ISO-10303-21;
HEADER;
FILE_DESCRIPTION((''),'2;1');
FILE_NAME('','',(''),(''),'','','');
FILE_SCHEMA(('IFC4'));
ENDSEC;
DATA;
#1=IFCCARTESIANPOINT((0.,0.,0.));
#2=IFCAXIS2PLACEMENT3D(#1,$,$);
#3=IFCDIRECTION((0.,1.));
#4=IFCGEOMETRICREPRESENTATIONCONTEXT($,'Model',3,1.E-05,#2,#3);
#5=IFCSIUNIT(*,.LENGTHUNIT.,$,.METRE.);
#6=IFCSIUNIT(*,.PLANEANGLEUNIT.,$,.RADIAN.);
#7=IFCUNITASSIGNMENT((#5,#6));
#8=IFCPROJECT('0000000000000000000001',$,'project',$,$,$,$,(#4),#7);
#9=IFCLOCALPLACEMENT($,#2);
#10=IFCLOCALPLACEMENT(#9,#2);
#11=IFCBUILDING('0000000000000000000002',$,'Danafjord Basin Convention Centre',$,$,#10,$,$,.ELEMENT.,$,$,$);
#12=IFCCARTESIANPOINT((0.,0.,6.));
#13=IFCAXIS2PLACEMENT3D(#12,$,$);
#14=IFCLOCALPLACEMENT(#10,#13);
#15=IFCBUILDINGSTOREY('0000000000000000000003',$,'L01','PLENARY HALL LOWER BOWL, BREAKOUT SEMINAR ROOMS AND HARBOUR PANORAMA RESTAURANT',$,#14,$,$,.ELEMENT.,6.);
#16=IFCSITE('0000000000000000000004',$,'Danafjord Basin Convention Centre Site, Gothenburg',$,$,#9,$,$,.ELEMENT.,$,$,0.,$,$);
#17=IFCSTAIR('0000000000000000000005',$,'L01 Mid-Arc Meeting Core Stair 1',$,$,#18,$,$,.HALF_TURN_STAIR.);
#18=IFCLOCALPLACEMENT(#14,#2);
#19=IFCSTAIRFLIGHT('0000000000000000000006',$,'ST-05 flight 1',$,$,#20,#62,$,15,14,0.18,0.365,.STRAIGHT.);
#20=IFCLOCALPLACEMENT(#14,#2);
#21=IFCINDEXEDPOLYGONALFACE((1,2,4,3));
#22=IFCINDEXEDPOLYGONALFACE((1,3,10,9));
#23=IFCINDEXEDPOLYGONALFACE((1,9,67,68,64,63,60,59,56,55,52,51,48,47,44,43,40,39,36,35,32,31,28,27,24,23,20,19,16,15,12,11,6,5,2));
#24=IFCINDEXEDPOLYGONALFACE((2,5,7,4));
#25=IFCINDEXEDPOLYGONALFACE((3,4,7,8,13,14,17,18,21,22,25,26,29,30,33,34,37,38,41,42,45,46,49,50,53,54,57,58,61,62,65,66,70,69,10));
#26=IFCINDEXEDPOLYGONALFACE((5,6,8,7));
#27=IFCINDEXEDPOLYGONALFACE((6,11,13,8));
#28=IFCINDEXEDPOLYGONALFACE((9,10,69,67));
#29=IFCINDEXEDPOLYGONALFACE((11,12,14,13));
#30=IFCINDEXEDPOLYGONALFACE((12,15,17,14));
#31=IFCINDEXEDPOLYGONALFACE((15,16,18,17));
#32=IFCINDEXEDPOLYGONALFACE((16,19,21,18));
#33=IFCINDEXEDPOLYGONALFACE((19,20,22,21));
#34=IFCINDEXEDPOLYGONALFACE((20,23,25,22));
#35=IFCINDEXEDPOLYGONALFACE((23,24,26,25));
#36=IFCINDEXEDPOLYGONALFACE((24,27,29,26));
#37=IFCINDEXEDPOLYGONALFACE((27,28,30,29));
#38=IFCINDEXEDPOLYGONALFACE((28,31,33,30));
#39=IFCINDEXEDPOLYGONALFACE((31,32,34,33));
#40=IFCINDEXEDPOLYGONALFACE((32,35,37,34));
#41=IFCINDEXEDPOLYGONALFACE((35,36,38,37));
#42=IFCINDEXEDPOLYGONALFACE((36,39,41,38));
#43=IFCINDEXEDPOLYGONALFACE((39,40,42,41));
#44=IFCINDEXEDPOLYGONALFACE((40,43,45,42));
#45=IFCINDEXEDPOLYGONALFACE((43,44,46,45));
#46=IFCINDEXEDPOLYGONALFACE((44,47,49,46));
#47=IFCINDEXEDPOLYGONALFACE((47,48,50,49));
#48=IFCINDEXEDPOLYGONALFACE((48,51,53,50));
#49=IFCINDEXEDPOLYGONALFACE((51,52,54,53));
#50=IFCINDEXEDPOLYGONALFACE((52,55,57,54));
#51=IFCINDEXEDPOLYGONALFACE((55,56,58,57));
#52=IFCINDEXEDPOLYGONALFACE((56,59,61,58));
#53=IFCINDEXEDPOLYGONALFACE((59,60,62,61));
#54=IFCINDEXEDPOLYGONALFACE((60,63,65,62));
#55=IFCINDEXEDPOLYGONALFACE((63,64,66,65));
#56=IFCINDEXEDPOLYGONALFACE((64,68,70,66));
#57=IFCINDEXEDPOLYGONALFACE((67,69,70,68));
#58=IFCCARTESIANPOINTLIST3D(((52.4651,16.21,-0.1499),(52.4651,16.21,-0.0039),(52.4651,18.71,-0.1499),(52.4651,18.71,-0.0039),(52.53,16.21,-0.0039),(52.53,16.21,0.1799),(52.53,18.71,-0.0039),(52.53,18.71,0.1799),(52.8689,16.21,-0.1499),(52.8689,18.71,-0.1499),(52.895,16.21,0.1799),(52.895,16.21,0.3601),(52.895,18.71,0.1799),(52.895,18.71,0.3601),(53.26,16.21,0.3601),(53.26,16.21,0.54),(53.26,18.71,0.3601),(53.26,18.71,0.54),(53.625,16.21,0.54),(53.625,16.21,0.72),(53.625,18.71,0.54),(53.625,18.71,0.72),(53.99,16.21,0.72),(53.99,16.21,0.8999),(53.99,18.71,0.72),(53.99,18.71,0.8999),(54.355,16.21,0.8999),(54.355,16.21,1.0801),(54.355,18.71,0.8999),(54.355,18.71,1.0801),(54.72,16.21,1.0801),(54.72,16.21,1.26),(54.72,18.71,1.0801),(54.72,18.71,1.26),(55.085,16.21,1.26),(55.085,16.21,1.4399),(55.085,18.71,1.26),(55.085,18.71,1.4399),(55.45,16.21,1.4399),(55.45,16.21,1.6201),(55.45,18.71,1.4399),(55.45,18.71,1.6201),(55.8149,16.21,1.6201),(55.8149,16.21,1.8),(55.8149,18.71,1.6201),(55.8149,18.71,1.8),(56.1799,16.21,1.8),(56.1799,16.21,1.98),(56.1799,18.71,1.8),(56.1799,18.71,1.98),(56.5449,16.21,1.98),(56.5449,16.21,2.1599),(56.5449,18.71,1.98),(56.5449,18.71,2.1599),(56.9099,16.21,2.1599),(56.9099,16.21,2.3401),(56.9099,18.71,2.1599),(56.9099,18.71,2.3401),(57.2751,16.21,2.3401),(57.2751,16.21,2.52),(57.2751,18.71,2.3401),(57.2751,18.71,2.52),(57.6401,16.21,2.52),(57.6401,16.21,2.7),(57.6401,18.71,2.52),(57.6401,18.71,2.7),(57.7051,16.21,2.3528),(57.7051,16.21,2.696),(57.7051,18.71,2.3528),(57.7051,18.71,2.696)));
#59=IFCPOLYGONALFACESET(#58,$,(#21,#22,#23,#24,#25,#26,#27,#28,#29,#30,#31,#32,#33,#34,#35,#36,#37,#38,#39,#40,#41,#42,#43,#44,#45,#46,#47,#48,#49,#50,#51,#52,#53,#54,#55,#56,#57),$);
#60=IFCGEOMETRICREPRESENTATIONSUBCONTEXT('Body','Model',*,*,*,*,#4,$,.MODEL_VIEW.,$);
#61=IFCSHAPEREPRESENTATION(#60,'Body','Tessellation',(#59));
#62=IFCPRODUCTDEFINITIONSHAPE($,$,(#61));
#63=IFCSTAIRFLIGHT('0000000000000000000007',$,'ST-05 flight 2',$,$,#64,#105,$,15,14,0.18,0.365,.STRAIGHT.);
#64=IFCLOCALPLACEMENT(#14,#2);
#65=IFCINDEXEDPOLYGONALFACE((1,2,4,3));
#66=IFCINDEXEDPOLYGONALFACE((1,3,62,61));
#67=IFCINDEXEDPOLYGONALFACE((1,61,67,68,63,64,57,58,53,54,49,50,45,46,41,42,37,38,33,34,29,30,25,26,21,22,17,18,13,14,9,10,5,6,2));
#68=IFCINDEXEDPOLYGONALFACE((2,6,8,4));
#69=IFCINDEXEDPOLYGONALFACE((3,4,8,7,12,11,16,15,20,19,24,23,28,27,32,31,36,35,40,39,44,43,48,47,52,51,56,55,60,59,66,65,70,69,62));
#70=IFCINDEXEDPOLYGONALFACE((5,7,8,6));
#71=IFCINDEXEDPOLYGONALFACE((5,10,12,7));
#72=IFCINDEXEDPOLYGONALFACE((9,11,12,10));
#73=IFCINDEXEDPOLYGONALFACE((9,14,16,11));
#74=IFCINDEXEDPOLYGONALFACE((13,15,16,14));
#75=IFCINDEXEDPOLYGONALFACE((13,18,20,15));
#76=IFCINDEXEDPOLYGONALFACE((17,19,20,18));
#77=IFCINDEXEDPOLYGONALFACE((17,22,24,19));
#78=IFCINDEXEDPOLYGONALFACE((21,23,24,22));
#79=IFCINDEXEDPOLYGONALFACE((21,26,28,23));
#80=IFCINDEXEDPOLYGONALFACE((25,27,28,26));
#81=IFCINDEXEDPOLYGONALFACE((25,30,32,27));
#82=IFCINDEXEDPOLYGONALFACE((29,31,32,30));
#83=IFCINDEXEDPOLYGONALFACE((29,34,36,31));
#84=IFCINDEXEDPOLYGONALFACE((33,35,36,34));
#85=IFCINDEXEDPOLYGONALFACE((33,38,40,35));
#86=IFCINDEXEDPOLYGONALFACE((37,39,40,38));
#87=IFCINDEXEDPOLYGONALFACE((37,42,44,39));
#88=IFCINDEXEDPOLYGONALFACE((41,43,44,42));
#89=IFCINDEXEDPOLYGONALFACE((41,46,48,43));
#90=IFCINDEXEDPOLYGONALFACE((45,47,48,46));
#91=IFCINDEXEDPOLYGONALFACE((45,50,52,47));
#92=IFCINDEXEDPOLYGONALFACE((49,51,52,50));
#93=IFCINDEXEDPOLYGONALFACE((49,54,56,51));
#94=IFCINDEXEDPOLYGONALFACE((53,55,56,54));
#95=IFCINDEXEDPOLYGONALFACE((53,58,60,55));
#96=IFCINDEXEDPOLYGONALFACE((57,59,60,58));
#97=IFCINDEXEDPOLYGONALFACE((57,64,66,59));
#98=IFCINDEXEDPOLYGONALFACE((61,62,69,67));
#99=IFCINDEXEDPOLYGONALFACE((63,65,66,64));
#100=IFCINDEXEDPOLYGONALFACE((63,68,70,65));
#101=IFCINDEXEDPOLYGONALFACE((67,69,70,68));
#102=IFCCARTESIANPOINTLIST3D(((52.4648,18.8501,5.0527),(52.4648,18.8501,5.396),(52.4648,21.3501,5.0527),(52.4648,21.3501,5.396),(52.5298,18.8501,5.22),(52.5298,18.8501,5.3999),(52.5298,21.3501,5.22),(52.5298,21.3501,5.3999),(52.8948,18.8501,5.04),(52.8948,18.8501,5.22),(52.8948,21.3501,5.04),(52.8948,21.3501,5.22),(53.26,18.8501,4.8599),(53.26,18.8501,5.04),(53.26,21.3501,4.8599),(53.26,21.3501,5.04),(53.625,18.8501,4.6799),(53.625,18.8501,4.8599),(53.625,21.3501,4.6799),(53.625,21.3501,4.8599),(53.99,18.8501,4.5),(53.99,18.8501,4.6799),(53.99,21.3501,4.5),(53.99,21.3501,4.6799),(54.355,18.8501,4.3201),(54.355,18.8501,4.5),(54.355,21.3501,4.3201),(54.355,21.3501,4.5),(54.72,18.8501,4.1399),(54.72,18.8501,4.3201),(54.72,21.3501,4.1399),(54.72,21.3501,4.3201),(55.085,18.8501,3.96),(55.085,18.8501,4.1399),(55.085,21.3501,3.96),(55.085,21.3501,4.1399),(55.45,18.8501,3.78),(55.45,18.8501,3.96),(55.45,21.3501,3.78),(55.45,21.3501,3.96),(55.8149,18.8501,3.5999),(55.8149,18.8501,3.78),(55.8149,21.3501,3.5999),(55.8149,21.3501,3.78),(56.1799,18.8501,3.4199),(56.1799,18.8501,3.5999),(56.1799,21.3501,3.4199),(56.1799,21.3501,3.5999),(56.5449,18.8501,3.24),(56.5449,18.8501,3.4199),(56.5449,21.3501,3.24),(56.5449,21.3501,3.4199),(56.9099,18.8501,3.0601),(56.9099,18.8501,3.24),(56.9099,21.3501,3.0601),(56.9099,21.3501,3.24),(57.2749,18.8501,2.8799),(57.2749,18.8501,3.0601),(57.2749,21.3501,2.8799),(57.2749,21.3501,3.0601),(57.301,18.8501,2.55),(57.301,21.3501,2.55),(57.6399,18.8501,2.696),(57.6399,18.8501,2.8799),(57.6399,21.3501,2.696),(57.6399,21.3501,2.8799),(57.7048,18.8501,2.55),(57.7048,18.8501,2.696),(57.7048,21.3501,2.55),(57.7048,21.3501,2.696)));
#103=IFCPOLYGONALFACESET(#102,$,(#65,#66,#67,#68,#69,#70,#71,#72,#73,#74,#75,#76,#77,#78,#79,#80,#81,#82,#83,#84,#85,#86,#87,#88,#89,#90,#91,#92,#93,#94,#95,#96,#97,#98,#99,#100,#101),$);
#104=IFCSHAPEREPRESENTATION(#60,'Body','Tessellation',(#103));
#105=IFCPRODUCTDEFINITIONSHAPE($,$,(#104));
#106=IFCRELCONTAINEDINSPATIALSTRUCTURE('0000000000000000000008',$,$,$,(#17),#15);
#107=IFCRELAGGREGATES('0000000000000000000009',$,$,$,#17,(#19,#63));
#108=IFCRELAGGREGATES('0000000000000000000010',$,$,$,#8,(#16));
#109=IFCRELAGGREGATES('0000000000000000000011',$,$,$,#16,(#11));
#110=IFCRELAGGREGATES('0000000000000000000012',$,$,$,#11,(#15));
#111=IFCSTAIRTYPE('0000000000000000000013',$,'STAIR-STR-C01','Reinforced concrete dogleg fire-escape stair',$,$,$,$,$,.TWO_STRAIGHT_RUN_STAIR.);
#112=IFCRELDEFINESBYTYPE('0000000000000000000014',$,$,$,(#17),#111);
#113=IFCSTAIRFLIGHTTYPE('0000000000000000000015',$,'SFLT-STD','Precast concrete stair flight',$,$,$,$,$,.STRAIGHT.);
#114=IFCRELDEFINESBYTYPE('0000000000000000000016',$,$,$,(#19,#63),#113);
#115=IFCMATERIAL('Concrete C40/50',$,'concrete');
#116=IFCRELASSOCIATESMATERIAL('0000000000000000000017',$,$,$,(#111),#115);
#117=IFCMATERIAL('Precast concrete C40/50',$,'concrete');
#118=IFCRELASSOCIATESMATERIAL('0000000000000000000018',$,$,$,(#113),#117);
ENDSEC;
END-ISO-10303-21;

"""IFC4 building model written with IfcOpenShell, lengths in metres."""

from ifc_helpers import new_model, si_unit, direction, frame, origin, place, context, subcontext, project, spatial, polyline, outline, extrude, material, type_object, element, aggregate, save


model = new_model("IFC4")

# Units and contexts
model_context = context("Model", 3, precision=1e-05, world=origin(), true_north=direction((0.0, 1.0)))
body_context = subcontext(model_context, "Body", "Model", "MODEL_VIEW")
ifc_project = project(units=[si_unit("LENGTHUNIT", "METRE"), si_unit("PLANEANGLEUNIT", "RADIAN")], contexts=[model_context])

# Site, building, storey
site_placement = place(None, origin())
site = spatial("IfcSite", under=ifc_project, at=site_placement, Name="Danafjord Basin Convention Centre Site, Gothenburg", CompositionType="ELEMENT", RefElevation=0.0)
building_placement = place(site_placement, origin())
building = spatial("IfcBuilding", under=site, at=building_placement, Name="Danafjord Basin Convention Centre", CompositionType="ELEMENT")
storey_placement = place(building_placement, frame((0.0, 0.0, 6.0)))
storey = spatial("IfcBuildingStorey", under=building, at=storey_placement, Name="L01", Description="PLENARY HALL LOWER BOWL, BREAKOUT SEMINAR ROOMS AND HARBOUR PANORAMA RESTAURANT", CompositionType="ELEMENT", Elevation=6.0)

# Shared definitions
ifc_material_1 = material(Name="Concrete C40/50", Category="concrete")

# Stair, stair flights
stair_type = type_object("IfcStairType", Name="STAIR-STR-C01", Description="Reinforced concrete dogleg fire-escape stair", PredefinedType="TWO_STRAIGHT_RUN_STAIR", material=ifc_material_1)
stair_placement = place(storey_placement, origin())
stair = element("IfcStair", 1, at=stair_placement, inside=storey, type_object=stair_type, Name="L01 Mid-Arc Meeting Core Stair 1", PredefinedType="HALF_TURN_STAIR")
ifc_material_2 = material(Name="Precast concrete C40/50", Category="concrete")
stair_flight_type = type_object("IfcStairFlightType", Name="SFLT-STD", Description="Precast concrete stair flight", PredefinedType="STRAIGHT", material=ifc_material_2)
stair_flight_1_placement = place(storey_placement, frame((52.53, 17.46, 0.0), z_axis=(0.0, 0.0, 1.0), x_axis=(1.0, 0.0, 0.0)))
stair_flight_1 = element("IfcStairFlight", 2, at=stair_flight_1_placement, type_object=stair_flight_type, Name="ST-05 flight 1", NumberOfRisers=15, NumberOfTreads=14, PredefinedType="STRAIGHT", RiserHeight=0.18, TreadLength=0.365, context=body_context, shape_type="SweptSolid", body=[
    extrude(outline(polyline([(-0.0649, -0.1499), (-0.0649, -0.0039), (0.0, -0.0039), (0.0, 0.1799), (0.365, 0.1799), (0.365, 0.3601), (0.73, 0.3601), (0.73, 0.54), (1.095, 0.54), (1.095, 0.72), (1.46, 0.72), (1.46, 0.8999), (1.825, 0.8999), (1.825, 1.0801), (2.1899, 1.0801), (2.1899, 1.26), (2.5549, 1.26), (2.5549, 1.4399), (2.9199, 1.4399), (2.9199, 1.6201), (3.2849, 1.6201), (3.2849, 1.8), (3.6499, 1.8), (3.6499, 1.98), (4.0149, 1.98), (4.0149, 2.1599), (4.3799, 2.1599), (4.3799, 2.3401), (4.7451, 2.3401), (4.7451, 2.52), (5.1101, 2.52), (5.1101, 2.7), (5.175, 2.696), (5.175, 2.3528), (0.3389, -0.1499), (-0.0649, -0.1499)])), frame((0.0, 1.25, 0.0), z_axis=(0.0, -1.0, 0.0), x_axis=(1.0, 0.0, 0.0)), (0.0, 0.0, 1.0), 2.5),
])
stair_flight_2_placement = place(storey_placement, frame((57.6399, 20.1001, 2.7), z_axis=(0.0, 0.0, 1.0), x_axis=(-1.0, 0.0, 0.0)))
stair_flight_2 = element("IfcStairFlight", 3, at=stair_flight_2_placement, type_object=stair_flight_type, Name="ST-05 flight 2", NumberOfRisers=15, NumberOfTreads=14, PredefinedType="STRAIGHT", RiserHeight=0.18, TreadLength=0.365, context=body_context, shape_type="SweptSolid", body=[
    extrude(outline(polyline([(-0.0649, -0.1499), (-0.0649, -0.0039), (0.0, -0.0039), (0.0, 0.1799), (0.365, 0.1799), (0.365, 0.3601), (0.73, 0.3601), (0.73, 0.54), (1.095, 0.54), (1.095, 0.72), (1.46, 0.72), (1.46, 0.8999), (1.825, 0.8999), (1.825, 1.0801), (2.1899, 1.0801), (2.1899, 1.26), (2.5549, 1.26), (2.5549, 1.4399), (2.9199, 1.4399), (2.9199, 1.6201), (3.2849, 1.6201), (3.2849, 1.8), (3.6499, 1.8), (3.6499, 1.98), (4.0149, 1.98), (4.0149, 2.1599), (4.3799, 2.1599), (4.3799, 2.3401), (4.7451, 2.3401), (4.7451, 2.52), (5.1101, 2.52), (5.1101, 2.7), (5.175, 2.696), (5.175, 2.3528), (0.3389, -0.1499), (-0.0649, -0.1499)])), frame((0.0, 1.25, 0.0), z_axis=(0.0, -1.0, 0.0), x_axis=(1.0, 0.0, 0.0)), (0.0, 0.0, 1.0), 2.5),
])
aggregate(stair, [stair_flight_1, stair_flight_2])

save(model, "model.ifc")
